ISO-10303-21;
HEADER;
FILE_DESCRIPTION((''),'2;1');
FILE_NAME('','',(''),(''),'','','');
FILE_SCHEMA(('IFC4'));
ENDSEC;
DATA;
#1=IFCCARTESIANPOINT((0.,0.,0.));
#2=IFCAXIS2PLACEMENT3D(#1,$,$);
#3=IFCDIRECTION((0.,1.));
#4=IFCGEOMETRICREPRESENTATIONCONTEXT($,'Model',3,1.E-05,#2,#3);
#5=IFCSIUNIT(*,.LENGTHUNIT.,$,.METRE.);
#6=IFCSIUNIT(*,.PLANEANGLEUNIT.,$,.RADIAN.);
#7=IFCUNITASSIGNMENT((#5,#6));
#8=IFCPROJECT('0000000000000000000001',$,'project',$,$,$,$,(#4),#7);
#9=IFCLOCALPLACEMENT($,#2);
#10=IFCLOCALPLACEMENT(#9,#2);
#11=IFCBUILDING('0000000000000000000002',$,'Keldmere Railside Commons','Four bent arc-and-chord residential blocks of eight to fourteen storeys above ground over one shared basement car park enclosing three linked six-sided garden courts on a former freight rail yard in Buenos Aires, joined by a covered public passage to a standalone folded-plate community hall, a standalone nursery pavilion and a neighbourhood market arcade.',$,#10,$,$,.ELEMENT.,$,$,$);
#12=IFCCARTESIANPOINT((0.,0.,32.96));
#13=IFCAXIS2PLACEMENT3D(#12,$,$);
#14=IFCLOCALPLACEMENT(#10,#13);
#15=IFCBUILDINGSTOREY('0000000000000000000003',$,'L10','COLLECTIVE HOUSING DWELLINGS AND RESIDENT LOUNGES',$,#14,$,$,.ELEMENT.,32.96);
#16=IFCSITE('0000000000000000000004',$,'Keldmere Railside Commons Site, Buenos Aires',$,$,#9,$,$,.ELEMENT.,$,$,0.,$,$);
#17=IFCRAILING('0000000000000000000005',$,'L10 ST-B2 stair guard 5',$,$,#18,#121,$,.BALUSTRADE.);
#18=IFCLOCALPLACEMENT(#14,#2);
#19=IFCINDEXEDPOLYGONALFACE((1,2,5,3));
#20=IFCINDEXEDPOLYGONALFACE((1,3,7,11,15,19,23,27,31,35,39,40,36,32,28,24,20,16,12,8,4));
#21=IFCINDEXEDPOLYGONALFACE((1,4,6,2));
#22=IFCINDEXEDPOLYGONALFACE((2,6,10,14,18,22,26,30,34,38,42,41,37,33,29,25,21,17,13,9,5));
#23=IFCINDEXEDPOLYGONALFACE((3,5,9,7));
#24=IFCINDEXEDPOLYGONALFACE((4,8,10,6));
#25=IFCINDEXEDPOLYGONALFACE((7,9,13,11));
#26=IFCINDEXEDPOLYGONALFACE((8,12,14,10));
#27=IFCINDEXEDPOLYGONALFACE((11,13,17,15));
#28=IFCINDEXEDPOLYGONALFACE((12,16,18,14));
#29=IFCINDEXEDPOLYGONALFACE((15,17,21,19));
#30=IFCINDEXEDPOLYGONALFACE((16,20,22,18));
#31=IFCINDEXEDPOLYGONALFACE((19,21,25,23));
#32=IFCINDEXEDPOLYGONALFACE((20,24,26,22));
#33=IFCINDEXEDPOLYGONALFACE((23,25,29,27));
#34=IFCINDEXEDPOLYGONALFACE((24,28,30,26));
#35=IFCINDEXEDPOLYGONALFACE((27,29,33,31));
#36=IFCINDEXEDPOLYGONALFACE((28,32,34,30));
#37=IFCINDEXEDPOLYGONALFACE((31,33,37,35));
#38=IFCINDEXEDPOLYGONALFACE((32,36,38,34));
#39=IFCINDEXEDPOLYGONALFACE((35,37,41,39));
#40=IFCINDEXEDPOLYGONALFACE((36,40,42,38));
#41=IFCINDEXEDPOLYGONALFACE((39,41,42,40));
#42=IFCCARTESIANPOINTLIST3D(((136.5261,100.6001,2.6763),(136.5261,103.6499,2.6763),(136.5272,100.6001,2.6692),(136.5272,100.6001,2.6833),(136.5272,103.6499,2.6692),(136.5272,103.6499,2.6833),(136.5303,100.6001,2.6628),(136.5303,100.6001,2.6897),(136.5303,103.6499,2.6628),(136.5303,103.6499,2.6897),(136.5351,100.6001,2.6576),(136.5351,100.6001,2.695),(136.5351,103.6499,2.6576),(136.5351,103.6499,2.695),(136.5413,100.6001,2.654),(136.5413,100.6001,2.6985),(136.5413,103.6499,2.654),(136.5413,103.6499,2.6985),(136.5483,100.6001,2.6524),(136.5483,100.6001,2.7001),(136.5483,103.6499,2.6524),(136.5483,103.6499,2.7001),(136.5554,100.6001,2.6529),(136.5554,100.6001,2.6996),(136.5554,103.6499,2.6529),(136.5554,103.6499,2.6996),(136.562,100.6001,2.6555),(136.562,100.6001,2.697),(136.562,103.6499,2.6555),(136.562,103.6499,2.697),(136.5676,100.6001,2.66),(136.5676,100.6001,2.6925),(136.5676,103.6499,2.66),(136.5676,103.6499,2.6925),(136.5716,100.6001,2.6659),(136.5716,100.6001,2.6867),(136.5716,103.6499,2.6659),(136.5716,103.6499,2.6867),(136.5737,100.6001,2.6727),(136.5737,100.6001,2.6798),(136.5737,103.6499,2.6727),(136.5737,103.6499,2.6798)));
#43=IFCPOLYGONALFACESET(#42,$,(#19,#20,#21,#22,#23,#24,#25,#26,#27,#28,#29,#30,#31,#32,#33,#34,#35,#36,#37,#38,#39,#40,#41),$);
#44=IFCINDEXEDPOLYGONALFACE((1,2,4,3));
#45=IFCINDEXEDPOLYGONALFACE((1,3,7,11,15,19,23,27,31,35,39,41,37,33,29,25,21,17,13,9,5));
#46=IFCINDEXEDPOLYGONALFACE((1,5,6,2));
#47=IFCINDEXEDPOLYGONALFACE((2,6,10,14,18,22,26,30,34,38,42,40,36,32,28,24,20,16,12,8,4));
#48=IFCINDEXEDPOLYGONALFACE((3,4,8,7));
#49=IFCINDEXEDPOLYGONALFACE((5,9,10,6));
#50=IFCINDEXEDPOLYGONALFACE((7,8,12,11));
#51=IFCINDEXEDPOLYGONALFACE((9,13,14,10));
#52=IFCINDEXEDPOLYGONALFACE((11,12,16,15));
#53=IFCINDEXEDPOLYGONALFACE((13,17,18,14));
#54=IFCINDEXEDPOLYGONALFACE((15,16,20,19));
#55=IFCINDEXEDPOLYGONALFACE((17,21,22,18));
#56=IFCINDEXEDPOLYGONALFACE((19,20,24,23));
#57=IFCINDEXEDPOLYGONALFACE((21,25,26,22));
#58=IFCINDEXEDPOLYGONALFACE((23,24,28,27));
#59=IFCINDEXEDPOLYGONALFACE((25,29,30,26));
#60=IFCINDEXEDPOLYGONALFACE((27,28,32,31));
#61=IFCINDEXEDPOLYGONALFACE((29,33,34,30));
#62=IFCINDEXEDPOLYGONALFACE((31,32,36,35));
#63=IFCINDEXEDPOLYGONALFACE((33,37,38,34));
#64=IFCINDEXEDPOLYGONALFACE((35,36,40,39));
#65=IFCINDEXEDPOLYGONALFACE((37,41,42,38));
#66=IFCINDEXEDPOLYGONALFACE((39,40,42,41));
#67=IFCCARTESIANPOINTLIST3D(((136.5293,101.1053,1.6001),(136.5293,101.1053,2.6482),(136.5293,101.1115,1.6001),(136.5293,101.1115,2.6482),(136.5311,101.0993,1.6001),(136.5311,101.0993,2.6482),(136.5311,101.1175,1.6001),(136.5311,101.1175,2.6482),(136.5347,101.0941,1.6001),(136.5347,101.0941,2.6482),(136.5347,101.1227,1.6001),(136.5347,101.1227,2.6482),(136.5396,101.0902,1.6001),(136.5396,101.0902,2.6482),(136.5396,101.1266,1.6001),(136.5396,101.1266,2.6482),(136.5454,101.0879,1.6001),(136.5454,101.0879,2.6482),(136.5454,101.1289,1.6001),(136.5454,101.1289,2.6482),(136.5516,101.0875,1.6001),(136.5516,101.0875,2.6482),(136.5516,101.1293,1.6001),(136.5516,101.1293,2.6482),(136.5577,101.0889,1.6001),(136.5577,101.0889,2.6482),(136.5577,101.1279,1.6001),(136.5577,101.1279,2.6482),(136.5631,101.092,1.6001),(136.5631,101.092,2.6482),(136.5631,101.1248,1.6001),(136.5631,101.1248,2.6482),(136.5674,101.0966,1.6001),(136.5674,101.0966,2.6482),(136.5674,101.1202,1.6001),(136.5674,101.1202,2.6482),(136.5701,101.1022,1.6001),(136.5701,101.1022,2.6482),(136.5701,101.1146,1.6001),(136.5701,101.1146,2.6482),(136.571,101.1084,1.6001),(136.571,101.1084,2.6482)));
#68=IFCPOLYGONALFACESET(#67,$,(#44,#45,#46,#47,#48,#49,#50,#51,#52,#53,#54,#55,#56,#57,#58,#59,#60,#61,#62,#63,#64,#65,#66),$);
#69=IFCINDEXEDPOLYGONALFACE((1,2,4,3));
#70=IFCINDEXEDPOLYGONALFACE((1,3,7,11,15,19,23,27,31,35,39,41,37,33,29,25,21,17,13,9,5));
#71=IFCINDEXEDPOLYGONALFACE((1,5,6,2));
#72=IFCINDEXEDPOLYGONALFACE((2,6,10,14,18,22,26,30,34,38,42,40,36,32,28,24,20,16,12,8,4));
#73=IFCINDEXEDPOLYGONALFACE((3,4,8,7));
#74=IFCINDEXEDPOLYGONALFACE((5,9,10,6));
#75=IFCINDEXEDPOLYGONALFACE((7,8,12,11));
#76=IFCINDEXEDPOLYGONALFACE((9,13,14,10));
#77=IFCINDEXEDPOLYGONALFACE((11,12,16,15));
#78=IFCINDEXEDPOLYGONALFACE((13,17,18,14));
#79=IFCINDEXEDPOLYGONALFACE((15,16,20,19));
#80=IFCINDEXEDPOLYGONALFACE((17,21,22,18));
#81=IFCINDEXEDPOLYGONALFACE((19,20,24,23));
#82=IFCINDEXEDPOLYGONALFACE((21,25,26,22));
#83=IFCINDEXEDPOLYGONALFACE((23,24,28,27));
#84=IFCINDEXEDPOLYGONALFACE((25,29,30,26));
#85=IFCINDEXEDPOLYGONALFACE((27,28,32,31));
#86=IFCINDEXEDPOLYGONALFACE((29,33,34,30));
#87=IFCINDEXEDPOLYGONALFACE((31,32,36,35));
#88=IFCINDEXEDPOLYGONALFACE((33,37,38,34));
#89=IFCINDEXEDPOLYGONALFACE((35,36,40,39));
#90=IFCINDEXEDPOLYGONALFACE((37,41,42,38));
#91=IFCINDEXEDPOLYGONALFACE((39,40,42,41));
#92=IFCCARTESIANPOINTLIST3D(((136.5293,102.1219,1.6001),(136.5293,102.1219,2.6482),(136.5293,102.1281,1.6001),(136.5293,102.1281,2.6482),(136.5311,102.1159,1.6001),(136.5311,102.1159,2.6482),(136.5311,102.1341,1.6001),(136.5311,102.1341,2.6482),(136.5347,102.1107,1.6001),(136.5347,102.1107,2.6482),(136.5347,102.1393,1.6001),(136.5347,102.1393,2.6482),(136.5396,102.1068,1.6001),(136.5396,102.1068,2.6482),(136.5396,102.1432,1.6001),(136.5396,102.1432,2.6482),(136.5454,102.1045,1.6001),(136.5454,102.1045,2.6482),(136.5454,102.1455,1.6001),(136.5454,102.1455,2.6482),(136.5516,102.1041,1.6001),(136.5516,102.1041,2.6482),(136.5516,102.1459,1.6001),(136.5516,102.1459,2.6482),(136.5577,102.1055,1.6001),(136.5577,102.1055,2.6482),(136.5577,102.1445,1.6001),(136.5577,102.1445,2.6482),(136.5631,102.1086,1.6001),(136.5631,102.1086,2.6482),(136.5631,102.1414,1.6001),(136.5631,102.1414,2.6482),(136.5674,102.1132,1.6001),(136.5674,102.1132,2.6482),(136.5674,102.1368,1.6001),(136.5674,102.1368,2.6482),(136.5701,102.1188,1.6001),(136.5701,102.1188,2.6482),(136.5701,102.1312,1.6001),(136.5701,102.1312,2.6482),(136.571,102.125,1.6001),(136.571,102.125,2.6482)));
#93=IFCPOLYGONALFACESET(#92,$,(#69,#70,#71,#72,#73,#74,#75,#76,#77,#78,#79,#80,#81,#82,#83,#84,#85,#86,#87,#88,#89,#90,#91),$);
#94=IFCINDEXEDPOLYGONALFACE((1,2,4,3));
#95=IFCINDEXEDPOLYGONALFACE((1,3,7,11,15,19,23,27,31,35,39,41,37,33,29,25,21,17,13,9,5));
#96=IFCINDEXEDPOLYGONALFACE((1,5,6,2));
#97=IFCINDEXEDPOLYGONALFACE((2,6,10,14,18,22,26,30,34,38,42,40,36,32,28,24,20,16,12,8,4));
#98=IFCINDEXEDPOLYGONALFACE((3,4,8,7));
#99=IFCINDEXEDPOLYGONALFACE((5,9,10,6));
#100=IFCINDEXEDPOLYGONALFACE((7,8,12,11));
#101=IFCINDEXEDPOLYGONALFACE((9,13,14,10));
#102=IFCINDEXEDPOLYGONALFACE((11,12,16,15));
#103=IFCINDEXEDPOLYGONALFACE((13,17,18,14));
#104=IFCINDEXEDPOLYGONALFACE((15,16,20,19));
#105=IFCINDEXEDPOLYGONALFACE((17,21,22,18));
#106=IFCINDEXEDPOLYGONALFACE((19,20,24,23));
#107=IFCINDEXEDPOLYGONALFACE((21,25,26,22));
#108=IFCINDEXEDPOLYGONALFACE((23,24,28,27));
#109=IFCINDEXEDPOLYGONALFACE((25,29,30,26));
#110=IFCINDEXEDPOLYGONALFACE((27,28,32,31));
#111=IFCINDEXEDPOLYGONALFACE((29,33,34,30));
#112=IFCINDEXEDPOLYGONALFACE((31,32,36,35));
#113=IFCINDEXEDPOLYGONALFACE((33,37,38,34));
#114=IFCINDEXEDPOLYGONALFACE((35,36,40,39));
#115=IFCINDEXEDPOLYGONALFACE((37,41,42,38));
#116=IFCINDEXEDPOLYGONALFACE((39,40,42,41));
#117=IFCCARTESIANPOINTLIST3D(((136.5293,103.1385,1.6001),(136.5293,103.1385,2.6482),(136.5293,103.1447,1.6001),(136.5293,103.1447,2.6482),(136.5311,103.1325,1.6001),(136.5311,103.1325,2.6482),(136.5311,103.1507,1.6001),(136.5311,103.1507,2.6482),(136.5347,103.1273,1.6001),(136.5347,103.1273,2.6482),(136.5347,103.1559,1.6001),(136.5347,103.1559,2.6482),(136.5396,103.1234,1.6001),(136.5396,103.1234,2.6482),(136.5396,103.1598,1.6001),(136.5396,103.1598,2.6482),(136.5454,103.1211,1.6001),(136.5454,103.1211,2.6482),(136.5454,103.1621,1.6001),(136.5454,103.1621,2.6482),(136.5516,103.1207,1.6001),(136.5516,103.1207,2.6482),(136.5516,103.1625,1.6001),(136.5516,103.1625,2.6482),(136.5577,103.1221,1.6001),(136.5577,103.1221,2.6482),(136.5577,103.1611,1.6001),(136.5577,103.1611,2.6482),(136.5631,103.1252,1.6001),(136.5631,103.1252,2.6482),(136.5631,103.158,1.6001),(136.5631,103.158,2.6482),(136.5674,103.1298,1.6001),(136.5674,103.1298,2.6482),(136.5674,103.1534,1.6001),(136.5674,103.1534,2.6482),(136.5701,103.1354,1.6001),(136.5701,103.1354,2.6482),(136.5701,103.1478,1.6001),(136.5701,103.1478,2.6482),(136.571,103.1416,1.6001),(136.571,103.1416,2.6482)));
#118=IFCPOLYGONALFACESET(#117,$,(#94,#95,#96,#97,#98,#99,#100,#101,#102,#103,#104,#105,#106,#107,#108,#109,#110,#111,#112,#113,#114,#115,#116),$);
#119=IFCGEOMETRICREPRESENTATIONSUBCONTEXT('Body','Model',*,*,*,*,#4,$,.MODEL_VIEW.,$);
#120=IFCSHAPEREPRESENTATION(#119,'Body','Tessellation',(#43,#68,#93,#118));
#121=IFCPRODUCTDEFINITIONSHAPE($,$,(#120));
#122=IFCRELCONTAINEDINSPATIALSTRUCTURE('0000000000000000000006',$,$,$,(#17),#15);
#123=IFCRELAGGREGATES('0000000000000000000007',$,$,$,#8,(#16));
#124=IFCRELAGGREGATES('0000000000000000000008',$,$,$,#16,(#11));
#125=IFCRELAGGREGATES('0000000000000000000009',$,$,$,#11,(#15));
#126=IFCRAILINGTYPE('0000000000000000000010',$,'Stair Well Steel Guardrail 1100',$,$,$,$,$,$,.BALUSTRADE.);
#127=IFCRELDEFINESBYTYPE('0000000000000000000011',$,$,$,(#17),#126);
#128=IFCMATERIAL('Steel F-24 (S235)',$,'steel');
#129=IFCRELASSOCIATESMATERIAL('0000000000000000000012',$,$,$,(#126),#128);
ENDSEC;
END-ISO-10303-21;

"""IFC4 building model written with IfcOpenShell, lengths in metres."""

from ifc_helpers import new_model, si_unit, direction, frame, origin, origin_2d, place, context, subcontext, project, spatial, circle, extrude, material, type_object, element, save


model = new_model("IFC4")

# Units and contexts
model_context = context("Model", 3, precision=1e-05, world=origin(), true_north=direction((0.0, 1.0)))
body_context = subcontext(model_context, "Body", "Model", "MODEL_VIEW")
ifc_project = project(units=[si_unit("LENGTHUNIT", "METRE"), si_unit("PLANEANGLEUNIT", "RADIAN")], contexts=[model_context])

# Site, building, storey
site_placement = place(None, origin())
site = spatial("IfcSite", under=ifc_project, at=site_placement, Name="Keldmere Railside Commons Site, Buenos Aires", CompositionType="ELEMENT", RefElevation=0.0)
building_placement = place(site_placement, origin())
building = spatial("IfcBuilding", under=site, at=building_placement, Name="Keldmere Railside Commons", Description="Four bent arc-and-chord residential blocks of eight to fourteen storeys above ground over one shared basement car park enclosing three linked six-sided garden courts on a former freight rail yard in Buenos Aires, joined by a covered public passage to a standalone folded-plate community hall, a standalone nursery pavilion and a neighbourhood market arcade.", CompositionType="ELEMENT")
storey_placement = place(building_placement, frame((0.0, 0.0, 32.96)))
storey = spatial("IfcBuildingStorey", under=building, at=storey_placement, Name="L10", Description="COLLECTIVE HOUSING DWELLINGS AND RESIDENT LOUNGES", CompositionType="ELEMENT", Elevation=32.96)

# Railing
ifc_material_1 = material(Name="Steel F-24 (S235)", Category="steel")
railing_type_1 = type_object("IfcRailingType", Name="Stair Well Steel Guardrail 1100", PredefinedType="BALUSTRADE", material=ifc_material_1)
railing_1_placement = place(storey_placement, frame((136.55, 100.6001, 1.6001)))
element("IfcRailing", 1, at=railing_1_placement, inside=storey, type_object=railing_type_1, Name="L10 ST-B2 stair guard 5", PredefinedType="BALUSTRADE", context=body_context, shape_type="SweptSolid", body=[
    extrude(circle(Radius=0.0239, at=origin_2d()), frame((0.0, 0.0, 1.0762), z_axis=(0.0, 1.0, 0.0), x_axis=(-1.0, 0.0, 0.0)), (0.0, 0.0, 1.0), 3.0498),
    extrude(circle(Radius=0.021, at=origin_2d()), frame((0.0, 0.5083, 0.0)), (0.0, 0.0, 1.0), 1.0481),
    extrude(circle(Radius=0.021, at=origin_2d()), frame((0.0, 1.5249, 0.0)), (0.0, 0.0, 1.0), 1.0481),
    extrude(circle(Radius=0.021, at=origin_2d()), frame((0.0, 2.5415, 0.0)), (0.0, 0.0, 1.0), 1.0481),
])

save(model, "model.ifc")
